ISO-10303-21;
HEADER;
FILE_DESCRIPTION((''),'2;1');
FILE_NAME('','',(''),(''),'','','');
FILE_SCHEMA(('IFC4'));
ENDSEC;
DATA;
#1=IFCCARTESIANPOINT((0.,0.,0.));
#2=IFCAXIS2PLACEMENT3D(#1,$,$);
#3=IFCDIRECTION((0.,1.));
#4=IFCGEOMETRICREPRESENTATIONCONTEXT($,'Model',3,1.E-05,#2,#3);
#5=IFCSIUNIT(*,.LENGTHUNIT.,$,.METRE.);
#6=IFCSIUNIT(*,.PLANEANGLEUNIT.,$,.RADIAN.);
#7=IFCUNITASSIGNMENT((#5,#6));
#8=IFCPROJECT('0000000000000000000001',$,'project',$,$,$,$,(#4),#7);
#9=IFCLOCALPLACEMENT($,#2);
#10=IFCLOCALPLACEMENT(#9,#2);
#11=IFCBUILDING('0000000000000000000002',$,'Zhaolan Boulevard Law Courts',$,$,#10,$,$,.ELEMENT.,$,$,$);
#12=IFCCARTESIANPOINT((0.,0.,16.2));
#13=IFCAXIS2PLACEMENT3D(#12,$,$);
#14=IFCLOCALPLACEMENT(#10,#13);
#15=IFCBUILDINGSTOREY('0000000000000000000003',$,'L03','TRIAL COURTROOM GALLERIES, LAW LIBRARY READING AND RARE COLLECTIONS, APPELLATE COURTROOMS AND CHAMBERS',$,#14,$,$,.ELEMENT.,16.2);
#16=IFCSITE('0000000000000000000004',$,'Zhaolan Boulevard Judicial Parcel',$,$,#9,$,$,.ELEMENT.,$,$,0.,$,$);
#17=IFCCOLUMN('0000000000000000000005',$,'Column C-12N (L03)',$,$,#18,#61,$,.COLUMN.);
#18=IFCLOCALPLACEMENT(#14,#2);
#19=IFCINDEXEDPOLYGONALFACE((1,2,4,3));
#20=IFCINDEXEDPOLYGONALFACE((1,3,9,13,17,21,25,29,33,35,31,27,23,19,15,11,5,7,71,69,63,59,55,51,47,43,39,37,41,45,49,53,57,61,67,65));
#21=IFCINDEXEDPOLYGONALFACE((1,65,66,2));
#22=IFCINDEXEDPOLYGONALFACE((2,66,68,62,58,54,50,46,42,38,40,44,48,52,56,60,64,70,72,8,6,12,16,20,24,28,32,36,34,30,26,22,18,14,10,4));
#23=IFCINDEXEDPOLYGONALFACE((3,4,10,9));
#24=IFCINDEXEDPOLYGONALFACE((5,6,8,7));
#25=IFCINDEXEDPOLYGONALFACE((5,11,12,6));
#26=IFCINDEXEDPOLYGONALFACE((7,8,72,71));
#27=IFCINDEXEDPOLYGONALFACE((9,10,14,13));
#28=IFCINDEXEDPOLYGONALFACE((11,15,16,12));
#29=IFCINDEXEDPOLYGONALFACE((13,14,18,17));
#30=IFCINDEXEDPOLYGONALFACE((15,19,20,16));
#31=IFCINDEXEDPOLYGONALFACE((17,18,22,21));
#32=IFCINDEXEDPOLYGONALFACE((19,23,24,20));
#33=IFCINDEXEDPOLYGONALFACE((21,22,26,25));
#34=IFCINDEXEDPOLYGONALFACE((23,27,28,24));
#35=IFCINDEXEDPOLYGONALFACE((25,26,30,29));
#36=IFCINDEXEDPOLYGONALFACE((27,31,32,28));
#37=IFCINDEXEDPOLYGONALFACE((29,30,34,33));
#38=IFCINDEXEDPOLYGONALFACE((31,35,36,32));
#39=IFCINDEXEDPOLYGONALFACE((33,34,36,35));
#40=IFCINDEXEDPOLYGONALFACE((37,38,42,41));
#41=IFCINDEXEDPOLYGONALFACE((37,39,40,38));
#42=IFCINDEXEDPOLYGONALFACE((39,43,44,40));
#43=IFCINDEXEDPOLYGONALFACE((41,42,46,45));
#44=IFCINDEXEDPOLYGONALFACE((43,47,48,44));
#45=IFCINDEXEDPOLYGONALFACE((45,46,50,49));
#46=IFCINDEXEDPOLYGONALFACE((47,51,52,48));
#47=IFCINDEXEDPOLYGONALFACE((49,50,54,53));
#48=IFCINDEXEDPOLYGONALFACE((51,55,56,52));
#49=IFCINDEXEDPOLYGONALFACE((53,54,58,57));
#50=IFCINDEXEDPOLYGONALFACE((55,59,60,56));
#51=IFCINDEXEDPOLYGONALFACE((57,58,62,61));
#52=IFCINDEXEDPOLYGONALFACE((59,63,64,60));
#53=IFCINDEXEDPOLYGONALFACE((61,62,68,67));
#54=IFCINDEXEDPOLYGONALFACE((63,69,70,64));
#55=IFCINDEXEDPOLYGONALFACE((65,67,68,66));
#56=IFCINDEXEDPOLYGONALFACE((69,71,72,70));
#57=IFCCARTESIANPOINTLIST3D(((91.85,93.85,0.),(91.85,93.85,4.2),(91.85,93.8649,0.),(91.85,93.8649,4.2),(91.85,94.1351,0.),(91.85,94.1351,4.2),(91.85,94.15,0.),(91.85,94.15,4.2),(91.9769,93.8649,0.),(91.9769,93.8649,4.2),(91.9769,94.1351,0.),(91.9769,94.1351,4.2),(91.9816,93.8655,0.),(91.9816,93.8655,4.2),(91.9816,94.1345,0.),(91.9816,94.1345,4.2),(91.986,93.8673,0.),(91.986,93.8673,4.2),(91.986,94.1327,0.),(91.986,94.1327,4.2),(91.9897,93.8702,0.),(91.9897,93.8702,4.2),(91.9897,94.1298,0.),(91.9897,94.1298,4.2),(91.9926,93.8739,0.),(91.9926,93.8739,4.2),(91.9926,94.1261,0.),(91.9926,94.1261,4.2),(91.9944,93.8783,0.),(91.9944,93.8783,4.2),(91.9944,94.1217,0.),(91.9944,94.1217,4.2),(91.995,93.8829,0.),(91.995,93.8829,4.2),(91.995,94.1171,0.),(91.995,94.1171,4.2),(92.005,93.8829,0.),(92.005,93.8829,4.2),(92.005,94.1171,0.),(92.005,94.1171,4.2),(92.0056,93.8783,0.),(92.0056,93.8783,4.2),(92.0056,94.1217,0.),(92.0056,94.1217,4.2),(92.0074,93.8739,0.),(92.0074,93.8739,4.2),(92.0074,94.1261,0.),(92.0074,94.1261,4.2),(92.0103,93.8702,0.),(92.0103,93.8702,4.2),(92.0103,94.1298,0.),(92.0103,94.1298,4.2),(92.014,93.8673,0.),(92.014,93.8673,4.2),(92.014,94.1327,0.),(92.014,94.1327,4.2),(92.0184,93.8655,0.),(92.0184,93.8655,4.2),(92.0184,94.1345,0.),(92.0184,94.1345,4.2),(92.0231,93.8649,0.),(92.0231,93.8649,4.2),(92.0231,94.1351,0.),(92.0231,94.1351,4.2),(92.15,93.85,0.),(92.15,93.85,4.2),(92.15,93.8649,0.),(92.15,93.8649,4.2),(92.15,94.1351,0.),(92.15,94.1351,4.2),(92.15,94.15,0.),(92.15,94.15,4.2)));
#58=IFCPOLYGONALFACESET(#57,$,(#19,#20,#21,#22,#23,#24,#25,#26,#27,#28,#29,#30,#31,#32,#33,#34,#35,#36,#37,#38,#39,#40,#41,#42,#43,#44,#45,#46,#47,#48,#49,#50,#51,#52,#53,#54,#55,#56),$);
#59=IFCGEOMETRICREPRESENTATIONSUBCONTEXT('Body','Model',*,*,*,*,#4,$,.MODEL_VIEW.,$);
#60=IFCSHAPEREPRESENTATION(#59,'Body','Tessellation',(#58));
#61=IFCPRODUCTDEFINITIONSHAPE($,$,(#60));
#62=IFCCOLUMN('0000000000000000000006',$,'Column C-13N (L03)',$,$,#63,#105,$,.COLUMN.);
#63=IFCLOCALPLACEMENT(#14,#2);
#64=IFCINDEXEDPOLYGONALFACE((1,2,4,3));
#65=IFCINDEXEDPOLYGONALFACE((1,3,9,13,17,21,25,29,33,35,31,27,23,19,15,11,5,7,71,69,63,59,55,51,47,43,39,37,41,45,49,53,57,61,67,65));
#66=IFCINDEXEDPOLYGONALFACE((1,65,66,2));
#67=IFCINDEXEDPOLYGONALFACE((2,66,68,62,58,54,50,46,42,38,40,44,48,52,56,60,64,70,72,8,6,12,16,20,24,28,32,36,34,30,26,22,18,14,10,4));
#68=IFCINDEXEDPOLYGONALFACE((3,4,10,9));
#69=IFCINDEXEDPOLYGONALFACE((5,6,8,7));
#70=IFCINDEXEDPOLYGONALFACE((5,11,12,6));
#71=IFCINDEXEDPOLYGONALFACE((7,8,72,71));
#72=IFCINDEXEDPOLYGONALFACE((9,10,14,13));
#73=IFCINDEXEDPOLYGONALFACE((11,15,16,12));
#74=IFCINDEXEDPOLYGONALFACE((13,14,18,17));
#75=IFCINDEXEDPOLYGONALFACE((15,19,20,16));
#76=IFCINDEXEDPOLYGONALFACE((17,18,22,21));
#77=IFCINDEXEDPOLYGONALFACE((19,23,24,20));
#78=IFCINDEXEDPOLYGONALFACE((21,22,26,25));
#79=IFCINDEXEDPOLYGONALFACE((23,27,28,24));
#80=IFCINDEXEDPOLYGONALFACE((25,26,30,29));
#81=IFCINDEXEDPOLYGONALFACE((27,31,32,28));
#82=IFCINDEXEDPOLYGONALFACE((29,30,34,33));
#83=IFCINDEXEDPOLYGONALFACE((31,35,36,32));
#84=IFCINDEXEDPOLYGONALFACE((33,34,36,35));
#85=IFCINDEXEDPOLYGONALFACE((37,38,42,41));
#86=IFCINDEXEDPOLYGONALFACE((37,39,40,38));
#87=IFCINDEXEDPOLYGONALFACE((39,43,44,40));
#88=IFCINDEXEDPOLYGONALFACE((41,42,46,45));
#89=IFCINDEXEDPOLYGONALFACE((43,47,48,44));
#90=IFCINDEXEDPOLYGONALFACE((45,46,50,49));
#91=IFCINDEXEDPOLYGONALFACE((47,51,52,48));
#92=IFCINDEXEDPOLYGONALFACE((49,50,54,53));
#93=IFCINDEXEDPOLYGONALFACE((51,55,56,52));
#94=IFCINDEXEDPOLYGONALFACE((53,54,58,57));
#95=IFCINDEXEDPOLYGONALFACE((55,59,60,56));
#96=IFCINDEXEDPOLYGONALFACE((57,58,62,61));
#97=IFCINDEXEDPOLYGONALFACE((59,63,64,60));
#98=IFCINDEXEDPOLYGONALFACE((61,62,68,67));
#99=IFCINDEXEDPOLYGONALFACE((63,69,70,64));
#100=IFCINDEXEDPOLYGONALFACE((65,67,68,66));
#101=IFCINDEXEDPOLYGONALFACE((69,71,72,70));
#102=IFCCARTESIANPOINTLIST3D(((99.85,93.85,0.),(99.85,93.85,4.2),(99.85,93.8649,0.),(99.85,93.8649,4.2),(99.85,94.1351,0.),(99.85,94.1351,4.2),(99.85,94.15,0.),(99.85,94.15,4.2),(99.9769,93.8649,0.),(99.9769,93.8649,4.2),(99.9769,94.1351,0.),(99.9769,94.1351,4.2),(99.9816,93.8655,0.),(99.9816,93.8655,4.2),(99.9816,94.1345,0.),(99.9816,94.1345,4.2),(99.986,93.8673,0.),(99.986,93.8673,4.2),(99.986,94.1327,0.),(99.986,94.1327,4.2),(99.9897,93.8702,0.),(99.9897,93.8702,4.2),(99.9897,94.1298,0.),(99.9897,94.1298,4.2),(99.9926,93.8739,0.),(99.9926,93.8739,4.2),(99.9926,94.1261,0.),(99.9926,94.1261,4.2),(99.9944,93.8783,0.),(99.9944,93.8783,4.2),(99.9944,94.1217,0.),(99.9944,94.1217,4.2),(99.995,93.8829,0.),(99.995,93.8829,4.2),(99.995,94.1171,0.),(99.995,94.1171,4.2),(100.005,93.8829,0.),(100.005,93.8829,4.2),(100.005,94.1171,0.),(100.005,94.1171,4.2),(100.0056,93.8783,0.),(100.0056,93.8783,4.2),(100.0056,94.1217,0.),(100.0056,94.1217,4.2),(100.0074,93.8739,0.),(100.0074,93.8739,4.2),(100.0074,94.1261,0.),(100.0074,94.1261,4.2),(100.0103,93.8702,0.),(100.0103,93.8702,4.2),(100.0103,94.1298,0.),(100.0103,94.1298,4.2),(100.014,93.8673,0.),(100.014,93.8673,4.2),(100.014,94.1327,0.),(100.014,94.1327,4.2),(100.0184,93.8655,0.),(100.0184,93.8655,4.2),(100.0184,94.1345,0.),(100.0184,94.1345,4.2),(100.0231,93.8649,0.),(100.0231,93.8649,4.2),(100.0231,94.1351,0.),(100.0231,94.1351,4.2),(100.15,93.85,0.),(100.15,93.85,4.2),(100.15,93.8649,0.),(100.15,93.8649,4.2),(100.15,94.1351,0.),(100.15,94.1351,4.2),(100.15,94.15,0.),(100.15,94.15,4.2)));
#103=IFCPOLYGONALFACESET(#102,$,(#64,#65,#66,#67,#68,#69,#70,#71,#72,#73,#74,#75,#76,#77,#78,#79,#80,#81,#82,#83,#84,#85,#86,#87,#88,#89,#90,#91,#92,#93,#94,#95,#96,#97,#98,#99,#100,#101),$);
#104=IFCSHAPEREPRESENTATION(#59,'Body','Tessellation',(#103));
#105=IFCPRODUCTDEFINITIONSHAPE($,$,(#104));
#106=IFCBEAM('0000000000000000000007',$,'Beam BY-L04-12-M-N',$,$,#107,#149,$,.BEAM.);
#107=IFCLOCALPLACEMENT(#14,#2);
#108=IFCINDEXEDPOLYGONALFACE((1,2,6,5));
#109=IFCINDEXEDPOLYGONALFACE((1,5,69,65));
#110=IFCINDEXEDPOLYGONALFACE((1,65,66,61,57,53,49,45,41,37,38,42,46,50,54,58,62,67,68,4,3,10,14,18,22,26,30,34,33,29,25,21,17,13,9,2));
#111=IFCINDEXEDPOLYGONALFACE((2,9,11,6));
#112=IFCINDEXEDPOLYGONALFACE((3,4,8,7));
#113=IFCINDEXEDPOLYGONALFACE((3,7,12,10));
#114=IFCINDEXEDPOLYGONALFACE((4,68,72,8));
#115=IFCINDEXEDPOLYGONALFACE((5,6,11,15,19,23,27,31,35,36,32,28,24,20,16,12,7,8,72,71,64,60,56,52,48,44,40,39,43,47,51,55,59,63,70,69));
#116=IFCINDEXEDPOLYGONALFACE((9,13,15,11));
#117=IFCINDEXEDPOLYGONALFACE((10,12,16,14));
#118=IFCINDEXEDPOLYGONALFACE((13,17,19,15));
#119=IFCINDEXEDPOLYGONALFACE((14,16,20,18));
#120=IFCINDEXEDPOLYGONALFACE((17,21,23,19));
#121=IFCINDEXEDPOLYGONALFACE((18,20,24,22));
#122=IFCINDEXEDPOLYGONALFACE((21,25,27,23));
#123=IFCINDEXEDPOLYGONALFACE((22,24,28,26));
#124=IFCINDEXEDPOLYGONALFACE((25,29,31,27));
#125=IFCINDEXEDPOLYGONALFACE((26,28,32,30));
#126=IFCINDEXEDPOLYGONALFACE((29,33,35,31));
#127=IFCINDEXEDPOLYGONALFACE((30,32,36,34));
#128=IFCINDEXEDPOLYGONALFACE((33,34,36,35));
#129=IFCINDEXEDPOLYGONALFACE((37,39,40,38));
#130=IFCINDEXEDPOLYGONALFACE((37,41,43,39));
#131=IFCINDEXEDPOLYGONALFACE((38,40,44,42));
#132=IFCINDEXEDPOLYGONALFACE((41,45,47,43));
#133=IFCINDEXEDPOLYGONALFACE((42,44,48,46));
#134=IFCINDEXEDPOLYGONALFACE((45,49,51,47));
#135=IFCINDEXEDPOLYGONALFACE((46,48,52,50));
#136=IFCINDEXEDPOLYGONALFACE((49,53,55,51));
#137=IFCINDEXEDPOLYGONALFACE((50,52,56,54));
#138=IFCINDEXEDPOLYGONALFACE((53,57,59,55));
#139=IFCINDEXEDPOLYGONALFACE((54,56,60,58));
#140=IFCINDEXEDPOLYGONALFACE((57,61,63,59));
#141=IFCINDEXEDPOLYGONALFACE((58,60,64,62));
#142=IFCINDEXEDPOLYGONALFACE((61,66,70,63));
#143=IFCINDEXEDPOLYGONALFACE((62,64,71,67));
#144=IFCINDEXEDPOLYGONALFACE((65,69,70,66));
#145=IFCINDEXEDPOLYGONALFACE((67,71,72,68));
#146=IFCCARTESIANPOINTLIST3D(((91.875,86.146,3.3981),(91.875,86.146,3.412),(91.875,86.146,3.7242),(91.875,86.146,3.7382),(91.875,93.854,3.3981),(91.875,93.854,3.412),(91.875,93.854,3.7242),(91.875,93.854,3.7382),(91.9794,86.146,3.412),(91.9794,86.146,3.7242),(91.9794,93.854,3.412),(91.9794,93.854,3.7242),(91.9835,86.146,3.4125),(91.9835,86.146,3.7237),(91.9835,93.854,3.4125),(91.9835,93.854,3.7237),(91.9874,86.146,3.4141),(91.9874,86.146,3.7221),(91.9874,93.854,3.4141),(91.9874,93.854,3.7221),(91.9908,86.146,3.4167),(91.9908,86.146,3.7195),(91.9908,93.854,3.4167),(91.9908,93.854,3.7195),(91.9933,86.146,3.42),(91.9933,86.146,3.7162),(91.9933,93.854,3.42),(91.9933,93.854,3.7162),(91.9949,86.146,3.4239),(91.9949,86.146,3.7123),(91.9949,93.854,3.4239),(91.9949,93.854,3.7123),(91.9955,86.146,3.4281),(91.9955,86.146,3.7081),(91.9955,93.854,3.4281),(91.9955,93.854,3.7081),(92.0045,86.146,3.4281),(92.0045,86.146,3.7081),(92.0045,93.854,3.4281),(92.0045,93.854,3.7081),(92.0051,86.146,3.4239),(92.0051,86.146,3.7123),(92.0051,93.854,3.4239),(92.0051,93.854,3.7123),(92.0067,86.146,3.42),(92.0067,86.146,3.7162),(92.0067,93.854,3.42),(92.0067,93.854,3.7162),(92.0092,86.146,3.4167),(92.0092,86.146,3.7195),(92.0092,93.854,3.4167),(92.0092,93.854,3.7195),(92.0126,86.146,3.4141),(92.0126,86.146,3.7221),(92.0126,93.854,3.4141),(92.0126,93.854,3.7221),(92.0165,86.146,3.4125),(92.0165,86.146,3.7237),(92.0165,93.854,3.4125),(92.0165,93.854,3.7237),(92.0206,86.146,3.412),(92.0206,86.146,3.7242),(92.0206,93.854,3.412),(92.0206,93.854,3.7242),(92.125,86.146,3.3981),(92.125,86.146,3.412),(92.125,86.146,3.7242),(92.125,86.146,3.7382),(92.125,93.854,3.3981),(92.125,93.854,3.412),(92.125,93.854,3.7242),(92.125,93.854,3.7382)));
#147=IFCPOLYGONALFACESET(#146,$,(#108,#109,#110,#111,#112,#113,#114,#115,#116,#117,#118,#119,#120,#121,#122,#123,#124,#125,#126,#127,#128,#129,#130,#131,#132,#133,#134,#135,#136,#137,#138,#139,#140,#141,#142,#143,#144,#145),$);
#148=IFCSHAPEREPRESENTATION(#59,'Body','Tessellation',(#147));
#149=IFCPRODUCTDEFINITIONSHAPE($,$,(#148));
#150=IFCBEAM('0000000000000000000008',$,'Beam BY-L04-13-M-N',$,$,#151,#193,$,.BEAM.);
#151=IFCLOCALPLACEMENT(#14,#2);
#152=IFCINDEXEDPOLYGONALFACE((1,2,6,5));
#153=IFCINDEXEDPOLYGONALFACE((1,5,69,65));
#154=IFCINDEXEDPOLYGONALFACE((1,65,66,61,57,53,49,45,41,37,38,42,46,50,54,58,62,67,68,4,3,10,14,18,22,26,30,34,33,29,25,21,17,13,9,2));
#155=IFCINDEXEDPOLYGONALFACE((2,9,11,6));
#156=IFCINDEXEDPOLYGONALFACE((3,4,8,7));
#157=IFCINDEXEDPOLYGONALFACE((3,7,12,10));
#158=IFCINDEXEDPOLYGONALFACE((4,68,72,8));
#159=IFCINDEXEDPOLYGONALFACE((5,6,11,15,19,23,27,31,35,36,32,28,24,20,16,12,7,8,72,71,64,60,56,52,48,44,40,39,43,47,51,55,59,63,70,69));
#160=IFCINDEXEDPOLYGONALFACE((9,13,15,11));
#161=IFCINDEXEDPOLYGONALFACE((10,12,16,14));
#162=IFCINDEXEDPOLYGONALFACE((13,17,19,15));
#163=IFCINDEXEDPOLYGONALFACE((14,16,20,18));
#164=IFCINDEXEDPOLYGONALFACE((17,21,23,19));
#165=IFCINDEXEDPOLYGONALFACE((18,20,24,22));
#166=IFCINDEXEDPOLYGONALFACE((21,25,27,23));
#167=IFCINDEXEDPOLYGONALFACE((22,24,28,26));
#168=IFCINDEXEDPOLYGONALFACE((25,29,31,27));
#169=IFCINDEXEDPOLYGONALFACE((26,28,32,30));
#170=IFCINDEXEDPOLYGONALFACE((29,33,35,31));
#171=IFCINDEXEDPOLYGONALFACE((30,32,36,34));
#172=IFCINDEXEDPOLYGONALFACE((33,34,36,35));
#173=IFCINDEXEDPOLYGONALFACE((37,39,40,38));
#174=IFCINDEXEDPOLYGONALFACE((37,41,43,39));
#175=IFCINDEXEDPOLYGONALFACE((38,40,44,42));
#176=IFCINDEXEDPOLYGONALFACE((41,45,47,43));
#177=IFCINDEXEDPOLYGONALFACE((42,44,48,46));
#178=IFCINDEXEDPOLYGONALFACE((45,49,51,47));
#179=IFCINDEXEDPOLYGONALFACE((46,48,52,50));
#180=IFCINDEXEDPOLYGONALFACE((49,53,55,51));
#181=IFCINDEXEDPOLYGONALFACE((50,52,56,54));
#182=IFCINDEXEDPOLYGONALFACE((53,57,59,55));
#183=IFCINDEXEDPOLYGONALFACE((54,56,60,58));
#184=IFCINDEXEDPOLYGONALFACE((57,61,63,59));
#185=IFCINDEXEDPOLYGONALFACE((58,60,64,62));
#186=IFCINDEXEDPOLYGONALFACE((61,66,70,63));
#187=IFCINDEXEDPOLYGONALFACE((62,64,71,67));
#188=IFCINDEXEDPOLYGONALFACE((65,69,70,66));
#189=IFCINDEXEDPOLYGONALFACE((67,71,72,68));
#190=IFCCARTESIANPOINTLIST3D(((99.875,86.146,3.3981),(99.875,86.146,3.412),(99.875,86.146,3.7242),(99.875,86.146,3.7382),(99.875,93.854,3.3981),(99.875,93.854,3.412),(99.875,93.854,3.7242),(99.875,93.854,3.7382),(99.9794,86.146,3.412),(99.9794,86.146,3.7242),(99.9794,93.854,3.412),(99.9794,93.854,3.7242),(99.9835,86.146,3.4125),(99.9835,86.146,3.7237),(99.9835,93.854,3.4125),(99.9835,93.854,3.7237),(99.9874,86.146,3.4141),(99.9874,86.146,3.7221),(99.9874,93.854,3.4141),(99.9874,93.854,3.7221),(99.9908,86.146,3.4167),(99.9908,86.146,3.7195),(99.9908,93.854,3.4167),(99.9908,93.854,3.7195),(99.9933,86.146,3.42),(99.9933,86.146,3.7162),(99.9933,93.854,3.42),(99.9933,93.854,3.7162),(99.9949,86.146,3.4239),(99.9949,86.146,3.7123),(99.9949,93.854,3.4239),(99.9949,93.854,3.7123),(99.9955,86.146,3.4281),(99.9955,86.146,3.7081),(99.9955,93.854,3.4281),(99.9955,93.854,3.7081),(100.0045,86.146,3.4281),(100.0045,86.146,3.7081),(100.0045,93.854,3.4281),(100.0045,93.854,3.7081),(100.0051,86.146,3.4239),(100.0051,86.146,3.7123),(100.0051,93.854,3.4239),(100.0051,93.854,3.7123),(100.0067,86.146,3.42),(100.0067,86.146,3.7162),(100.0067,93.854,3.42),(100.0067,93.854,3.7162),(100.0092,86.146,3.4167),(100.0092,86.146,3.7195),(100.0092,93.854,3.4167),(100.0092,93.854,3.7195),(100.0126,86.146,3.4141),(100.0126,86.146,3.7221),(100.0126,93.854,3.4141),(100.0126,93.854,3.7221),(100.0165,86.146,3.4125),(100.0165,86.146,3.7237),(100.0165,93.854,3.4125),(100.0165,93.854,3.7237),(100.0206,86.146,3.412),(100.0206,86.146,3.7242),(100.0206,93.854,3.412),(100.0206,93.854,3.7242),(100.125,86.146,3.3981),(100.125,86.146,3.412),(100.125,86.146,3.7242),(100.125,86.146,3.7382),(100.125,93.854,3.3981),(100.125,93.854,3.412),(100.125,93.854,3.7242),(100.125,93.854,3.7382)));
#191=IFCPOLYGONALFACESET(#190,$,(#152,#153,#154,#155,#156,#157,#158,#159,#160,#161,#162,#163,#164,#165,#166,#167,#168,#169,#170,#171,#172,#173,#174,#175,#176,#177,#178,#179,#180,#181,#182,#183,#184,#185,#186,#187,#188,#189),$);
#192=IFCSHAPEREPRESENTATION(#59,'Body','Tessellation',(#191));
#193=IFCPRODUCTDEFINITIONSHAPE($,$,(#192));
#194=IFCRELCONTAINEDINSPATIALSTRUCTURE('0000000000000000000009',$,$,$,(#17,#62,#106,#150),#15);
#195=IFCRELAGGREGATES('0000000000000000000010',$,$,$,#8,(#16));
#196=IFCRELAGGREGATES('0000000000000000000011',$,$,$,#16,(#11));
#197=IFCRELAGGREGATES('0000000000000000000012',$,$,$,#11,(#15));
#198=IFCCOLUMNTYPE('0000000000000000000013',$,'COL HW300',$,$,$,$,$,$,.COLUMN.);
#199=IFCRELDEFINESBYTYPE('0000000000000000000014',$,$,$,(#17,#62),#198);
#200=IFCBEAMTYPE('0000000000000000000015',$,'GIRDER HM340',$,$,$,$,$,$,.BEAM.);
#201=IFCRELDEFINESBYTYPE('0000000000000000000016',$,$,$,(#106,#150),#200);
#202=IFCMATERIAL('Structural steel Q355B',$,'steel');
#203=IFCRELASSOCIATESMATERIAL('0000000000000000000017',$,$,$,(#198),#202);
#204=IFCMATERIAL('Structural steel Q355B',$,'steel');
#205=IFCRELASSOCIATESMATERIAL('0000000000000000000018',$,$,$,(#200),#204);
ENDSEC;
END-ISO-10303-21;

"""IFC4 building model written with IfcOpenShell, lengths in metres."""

from ifc_helpers import new_model, si_unit, direction, frame, origin, origin_2d, place, context, subcontext, project, spatial, i_section, extrude, material, material_profile, profile_set, type_object, element, save


model = new_model("IFC4")

# Units and contexts
model_context = context("Model", 3, precision=1e-05, world=origin(), true_north=direction((0.0, 1.0)))
body_context = subcontext(model_context, "Body", "Model", "MODEL_VIEW")
ifc_project = project(units=[si_unit("LENGTHUNIT", "METRE"), si_unit("PLANEANGLEUNIT", "RADIAN")], contexts=[model_context])

# Site, building, storey
site_placement = place(None, origin())
site = spatial("IfcSite", under=ifc_project, at=site_placement, Name="Zhaolan Boulevard Judicial Parcel", CompositionType="ELEMENT", RefElevation=0.0)
building_placement = place(site_placement, origin())
building = spatial("IfcBuilding", under=site, at=building_placement, Name="Zhaolan Boulevard Law Courts", CompositionType="ELEMENT")
storey_placement = place(building_placement, frame((0.0, 0.0, 16.2)))
storey = spatial("IfcBuildingStorey", under=building, at=storey_placement, Name="L03", Description="TRIAL COURTROOM GALLERIES, LAW LIBRARY READING AND RARE COLLECTIONS, APPELLATE COURTROOMS AND CHAMBERS", CompositionType="ELEMENT", Elevation=16.2)

# Columns
ifc_material_1 = material(Name="Structural steel Q355B", Category="steel")
ifc_material_profile_1 = material_profile(ifc_material_1, i_section(OverallWidth=0.3, OverallDepth=0.3, WebThickness=0.01, FlangeThickness=0.0149, FilletRadius=0.0181, at=origin_2d()), Name="HW300x300")
ifc_profile_set_1 = profile_set([ifc_material_profile_1], Name="Structural steel Q355B")
column_type = type_object("IfcColumnType", Name="COL HW300", PredefinedType="COLUMN", material=ifc_profile_set_1)
for number, where, z_axis, x_axis, name in (
    (1, (92.0, 94.0, 0.0), (0.0, 0.0, 1.0), (1.0, 0.0, 0.0), "Column C-12N (L03)"),
    (2, (100.0, 94.0, 0.0), (0.0, 0.0, 1.0), (1.0, 0.0, 0.0), "Column C-13N (L03)"),
):
    element("IfcColumn", number, at=place(storey_placement, frame(where, z_axis=z_axis, x_axis=x_axis)), inside=storey, type_object=column_type, Name=name, PredefinedType="COLUMN", context=body_context, shape_type="SweptSolid", body=[
        extrude(i_section(OverallWidth=0.3, OverallDepth=0.3, WebThickness=0.01, FlangeThickness=0.0149, FilletRadius=0.0181, at=origin_2d()), origin(), (0.0, 0.0, 1.0), 4.2),
    ])

# Beams
ifc_material_2 = material(Name="Structural steel Q355B", Category="steel")
ifc_material_profile_2 = material_profile(ifc_material_2, i_section(OverallWidth=0.25, OverallDepth=0.3401, WebThickness=0.009, FlangeThickness=0.0139, FilletRadius=0.0161, at=origin_2d()), Name="HM340x250")
ifc_profile_set_2 = profile_set([ifc_material_profile_2], Name="Structural steel Q355B")
beam_type_1 = type_object("IfcBeamType", Name="GIRDER HM340", PredefinedType="BEAM", material=ifc_profile_set_2)
for number, where, z_axis, x_axis, name in (
    (3, (92.0, 86.146, 3.5681), (0.0, 1.0, 0.0), (-1.0, 0.0, 0.0), "Beam BY-L04-12-M-N"),
    (4, (100.0, 86.146, 3.5681), (0.0, 1.0, 0.0), (-1.0, 0.0, 0.0), "Beam BY-L04-13-M-N"),
):
    element("IfcBeam", number, at=place(storey_placement, frame(where, z_axis=z_axis, x_axis=x_axis)), inside=storey, type_object=beam_type_1, Name=name, PredefinedType="BEAM", context=body_context, shape_type="SweptSolid", body=[
        extrude(i_section(OverallWidth=0.25, OverallDepth=0.3401, WebThickness=0.009, FlangeThickness=0.0139, FilletRadius=0.0161, at=origin_2d()), origin(), (0.0, 0.0, 1.0), 7.708),
    ])

save(model, "model.ifc")
